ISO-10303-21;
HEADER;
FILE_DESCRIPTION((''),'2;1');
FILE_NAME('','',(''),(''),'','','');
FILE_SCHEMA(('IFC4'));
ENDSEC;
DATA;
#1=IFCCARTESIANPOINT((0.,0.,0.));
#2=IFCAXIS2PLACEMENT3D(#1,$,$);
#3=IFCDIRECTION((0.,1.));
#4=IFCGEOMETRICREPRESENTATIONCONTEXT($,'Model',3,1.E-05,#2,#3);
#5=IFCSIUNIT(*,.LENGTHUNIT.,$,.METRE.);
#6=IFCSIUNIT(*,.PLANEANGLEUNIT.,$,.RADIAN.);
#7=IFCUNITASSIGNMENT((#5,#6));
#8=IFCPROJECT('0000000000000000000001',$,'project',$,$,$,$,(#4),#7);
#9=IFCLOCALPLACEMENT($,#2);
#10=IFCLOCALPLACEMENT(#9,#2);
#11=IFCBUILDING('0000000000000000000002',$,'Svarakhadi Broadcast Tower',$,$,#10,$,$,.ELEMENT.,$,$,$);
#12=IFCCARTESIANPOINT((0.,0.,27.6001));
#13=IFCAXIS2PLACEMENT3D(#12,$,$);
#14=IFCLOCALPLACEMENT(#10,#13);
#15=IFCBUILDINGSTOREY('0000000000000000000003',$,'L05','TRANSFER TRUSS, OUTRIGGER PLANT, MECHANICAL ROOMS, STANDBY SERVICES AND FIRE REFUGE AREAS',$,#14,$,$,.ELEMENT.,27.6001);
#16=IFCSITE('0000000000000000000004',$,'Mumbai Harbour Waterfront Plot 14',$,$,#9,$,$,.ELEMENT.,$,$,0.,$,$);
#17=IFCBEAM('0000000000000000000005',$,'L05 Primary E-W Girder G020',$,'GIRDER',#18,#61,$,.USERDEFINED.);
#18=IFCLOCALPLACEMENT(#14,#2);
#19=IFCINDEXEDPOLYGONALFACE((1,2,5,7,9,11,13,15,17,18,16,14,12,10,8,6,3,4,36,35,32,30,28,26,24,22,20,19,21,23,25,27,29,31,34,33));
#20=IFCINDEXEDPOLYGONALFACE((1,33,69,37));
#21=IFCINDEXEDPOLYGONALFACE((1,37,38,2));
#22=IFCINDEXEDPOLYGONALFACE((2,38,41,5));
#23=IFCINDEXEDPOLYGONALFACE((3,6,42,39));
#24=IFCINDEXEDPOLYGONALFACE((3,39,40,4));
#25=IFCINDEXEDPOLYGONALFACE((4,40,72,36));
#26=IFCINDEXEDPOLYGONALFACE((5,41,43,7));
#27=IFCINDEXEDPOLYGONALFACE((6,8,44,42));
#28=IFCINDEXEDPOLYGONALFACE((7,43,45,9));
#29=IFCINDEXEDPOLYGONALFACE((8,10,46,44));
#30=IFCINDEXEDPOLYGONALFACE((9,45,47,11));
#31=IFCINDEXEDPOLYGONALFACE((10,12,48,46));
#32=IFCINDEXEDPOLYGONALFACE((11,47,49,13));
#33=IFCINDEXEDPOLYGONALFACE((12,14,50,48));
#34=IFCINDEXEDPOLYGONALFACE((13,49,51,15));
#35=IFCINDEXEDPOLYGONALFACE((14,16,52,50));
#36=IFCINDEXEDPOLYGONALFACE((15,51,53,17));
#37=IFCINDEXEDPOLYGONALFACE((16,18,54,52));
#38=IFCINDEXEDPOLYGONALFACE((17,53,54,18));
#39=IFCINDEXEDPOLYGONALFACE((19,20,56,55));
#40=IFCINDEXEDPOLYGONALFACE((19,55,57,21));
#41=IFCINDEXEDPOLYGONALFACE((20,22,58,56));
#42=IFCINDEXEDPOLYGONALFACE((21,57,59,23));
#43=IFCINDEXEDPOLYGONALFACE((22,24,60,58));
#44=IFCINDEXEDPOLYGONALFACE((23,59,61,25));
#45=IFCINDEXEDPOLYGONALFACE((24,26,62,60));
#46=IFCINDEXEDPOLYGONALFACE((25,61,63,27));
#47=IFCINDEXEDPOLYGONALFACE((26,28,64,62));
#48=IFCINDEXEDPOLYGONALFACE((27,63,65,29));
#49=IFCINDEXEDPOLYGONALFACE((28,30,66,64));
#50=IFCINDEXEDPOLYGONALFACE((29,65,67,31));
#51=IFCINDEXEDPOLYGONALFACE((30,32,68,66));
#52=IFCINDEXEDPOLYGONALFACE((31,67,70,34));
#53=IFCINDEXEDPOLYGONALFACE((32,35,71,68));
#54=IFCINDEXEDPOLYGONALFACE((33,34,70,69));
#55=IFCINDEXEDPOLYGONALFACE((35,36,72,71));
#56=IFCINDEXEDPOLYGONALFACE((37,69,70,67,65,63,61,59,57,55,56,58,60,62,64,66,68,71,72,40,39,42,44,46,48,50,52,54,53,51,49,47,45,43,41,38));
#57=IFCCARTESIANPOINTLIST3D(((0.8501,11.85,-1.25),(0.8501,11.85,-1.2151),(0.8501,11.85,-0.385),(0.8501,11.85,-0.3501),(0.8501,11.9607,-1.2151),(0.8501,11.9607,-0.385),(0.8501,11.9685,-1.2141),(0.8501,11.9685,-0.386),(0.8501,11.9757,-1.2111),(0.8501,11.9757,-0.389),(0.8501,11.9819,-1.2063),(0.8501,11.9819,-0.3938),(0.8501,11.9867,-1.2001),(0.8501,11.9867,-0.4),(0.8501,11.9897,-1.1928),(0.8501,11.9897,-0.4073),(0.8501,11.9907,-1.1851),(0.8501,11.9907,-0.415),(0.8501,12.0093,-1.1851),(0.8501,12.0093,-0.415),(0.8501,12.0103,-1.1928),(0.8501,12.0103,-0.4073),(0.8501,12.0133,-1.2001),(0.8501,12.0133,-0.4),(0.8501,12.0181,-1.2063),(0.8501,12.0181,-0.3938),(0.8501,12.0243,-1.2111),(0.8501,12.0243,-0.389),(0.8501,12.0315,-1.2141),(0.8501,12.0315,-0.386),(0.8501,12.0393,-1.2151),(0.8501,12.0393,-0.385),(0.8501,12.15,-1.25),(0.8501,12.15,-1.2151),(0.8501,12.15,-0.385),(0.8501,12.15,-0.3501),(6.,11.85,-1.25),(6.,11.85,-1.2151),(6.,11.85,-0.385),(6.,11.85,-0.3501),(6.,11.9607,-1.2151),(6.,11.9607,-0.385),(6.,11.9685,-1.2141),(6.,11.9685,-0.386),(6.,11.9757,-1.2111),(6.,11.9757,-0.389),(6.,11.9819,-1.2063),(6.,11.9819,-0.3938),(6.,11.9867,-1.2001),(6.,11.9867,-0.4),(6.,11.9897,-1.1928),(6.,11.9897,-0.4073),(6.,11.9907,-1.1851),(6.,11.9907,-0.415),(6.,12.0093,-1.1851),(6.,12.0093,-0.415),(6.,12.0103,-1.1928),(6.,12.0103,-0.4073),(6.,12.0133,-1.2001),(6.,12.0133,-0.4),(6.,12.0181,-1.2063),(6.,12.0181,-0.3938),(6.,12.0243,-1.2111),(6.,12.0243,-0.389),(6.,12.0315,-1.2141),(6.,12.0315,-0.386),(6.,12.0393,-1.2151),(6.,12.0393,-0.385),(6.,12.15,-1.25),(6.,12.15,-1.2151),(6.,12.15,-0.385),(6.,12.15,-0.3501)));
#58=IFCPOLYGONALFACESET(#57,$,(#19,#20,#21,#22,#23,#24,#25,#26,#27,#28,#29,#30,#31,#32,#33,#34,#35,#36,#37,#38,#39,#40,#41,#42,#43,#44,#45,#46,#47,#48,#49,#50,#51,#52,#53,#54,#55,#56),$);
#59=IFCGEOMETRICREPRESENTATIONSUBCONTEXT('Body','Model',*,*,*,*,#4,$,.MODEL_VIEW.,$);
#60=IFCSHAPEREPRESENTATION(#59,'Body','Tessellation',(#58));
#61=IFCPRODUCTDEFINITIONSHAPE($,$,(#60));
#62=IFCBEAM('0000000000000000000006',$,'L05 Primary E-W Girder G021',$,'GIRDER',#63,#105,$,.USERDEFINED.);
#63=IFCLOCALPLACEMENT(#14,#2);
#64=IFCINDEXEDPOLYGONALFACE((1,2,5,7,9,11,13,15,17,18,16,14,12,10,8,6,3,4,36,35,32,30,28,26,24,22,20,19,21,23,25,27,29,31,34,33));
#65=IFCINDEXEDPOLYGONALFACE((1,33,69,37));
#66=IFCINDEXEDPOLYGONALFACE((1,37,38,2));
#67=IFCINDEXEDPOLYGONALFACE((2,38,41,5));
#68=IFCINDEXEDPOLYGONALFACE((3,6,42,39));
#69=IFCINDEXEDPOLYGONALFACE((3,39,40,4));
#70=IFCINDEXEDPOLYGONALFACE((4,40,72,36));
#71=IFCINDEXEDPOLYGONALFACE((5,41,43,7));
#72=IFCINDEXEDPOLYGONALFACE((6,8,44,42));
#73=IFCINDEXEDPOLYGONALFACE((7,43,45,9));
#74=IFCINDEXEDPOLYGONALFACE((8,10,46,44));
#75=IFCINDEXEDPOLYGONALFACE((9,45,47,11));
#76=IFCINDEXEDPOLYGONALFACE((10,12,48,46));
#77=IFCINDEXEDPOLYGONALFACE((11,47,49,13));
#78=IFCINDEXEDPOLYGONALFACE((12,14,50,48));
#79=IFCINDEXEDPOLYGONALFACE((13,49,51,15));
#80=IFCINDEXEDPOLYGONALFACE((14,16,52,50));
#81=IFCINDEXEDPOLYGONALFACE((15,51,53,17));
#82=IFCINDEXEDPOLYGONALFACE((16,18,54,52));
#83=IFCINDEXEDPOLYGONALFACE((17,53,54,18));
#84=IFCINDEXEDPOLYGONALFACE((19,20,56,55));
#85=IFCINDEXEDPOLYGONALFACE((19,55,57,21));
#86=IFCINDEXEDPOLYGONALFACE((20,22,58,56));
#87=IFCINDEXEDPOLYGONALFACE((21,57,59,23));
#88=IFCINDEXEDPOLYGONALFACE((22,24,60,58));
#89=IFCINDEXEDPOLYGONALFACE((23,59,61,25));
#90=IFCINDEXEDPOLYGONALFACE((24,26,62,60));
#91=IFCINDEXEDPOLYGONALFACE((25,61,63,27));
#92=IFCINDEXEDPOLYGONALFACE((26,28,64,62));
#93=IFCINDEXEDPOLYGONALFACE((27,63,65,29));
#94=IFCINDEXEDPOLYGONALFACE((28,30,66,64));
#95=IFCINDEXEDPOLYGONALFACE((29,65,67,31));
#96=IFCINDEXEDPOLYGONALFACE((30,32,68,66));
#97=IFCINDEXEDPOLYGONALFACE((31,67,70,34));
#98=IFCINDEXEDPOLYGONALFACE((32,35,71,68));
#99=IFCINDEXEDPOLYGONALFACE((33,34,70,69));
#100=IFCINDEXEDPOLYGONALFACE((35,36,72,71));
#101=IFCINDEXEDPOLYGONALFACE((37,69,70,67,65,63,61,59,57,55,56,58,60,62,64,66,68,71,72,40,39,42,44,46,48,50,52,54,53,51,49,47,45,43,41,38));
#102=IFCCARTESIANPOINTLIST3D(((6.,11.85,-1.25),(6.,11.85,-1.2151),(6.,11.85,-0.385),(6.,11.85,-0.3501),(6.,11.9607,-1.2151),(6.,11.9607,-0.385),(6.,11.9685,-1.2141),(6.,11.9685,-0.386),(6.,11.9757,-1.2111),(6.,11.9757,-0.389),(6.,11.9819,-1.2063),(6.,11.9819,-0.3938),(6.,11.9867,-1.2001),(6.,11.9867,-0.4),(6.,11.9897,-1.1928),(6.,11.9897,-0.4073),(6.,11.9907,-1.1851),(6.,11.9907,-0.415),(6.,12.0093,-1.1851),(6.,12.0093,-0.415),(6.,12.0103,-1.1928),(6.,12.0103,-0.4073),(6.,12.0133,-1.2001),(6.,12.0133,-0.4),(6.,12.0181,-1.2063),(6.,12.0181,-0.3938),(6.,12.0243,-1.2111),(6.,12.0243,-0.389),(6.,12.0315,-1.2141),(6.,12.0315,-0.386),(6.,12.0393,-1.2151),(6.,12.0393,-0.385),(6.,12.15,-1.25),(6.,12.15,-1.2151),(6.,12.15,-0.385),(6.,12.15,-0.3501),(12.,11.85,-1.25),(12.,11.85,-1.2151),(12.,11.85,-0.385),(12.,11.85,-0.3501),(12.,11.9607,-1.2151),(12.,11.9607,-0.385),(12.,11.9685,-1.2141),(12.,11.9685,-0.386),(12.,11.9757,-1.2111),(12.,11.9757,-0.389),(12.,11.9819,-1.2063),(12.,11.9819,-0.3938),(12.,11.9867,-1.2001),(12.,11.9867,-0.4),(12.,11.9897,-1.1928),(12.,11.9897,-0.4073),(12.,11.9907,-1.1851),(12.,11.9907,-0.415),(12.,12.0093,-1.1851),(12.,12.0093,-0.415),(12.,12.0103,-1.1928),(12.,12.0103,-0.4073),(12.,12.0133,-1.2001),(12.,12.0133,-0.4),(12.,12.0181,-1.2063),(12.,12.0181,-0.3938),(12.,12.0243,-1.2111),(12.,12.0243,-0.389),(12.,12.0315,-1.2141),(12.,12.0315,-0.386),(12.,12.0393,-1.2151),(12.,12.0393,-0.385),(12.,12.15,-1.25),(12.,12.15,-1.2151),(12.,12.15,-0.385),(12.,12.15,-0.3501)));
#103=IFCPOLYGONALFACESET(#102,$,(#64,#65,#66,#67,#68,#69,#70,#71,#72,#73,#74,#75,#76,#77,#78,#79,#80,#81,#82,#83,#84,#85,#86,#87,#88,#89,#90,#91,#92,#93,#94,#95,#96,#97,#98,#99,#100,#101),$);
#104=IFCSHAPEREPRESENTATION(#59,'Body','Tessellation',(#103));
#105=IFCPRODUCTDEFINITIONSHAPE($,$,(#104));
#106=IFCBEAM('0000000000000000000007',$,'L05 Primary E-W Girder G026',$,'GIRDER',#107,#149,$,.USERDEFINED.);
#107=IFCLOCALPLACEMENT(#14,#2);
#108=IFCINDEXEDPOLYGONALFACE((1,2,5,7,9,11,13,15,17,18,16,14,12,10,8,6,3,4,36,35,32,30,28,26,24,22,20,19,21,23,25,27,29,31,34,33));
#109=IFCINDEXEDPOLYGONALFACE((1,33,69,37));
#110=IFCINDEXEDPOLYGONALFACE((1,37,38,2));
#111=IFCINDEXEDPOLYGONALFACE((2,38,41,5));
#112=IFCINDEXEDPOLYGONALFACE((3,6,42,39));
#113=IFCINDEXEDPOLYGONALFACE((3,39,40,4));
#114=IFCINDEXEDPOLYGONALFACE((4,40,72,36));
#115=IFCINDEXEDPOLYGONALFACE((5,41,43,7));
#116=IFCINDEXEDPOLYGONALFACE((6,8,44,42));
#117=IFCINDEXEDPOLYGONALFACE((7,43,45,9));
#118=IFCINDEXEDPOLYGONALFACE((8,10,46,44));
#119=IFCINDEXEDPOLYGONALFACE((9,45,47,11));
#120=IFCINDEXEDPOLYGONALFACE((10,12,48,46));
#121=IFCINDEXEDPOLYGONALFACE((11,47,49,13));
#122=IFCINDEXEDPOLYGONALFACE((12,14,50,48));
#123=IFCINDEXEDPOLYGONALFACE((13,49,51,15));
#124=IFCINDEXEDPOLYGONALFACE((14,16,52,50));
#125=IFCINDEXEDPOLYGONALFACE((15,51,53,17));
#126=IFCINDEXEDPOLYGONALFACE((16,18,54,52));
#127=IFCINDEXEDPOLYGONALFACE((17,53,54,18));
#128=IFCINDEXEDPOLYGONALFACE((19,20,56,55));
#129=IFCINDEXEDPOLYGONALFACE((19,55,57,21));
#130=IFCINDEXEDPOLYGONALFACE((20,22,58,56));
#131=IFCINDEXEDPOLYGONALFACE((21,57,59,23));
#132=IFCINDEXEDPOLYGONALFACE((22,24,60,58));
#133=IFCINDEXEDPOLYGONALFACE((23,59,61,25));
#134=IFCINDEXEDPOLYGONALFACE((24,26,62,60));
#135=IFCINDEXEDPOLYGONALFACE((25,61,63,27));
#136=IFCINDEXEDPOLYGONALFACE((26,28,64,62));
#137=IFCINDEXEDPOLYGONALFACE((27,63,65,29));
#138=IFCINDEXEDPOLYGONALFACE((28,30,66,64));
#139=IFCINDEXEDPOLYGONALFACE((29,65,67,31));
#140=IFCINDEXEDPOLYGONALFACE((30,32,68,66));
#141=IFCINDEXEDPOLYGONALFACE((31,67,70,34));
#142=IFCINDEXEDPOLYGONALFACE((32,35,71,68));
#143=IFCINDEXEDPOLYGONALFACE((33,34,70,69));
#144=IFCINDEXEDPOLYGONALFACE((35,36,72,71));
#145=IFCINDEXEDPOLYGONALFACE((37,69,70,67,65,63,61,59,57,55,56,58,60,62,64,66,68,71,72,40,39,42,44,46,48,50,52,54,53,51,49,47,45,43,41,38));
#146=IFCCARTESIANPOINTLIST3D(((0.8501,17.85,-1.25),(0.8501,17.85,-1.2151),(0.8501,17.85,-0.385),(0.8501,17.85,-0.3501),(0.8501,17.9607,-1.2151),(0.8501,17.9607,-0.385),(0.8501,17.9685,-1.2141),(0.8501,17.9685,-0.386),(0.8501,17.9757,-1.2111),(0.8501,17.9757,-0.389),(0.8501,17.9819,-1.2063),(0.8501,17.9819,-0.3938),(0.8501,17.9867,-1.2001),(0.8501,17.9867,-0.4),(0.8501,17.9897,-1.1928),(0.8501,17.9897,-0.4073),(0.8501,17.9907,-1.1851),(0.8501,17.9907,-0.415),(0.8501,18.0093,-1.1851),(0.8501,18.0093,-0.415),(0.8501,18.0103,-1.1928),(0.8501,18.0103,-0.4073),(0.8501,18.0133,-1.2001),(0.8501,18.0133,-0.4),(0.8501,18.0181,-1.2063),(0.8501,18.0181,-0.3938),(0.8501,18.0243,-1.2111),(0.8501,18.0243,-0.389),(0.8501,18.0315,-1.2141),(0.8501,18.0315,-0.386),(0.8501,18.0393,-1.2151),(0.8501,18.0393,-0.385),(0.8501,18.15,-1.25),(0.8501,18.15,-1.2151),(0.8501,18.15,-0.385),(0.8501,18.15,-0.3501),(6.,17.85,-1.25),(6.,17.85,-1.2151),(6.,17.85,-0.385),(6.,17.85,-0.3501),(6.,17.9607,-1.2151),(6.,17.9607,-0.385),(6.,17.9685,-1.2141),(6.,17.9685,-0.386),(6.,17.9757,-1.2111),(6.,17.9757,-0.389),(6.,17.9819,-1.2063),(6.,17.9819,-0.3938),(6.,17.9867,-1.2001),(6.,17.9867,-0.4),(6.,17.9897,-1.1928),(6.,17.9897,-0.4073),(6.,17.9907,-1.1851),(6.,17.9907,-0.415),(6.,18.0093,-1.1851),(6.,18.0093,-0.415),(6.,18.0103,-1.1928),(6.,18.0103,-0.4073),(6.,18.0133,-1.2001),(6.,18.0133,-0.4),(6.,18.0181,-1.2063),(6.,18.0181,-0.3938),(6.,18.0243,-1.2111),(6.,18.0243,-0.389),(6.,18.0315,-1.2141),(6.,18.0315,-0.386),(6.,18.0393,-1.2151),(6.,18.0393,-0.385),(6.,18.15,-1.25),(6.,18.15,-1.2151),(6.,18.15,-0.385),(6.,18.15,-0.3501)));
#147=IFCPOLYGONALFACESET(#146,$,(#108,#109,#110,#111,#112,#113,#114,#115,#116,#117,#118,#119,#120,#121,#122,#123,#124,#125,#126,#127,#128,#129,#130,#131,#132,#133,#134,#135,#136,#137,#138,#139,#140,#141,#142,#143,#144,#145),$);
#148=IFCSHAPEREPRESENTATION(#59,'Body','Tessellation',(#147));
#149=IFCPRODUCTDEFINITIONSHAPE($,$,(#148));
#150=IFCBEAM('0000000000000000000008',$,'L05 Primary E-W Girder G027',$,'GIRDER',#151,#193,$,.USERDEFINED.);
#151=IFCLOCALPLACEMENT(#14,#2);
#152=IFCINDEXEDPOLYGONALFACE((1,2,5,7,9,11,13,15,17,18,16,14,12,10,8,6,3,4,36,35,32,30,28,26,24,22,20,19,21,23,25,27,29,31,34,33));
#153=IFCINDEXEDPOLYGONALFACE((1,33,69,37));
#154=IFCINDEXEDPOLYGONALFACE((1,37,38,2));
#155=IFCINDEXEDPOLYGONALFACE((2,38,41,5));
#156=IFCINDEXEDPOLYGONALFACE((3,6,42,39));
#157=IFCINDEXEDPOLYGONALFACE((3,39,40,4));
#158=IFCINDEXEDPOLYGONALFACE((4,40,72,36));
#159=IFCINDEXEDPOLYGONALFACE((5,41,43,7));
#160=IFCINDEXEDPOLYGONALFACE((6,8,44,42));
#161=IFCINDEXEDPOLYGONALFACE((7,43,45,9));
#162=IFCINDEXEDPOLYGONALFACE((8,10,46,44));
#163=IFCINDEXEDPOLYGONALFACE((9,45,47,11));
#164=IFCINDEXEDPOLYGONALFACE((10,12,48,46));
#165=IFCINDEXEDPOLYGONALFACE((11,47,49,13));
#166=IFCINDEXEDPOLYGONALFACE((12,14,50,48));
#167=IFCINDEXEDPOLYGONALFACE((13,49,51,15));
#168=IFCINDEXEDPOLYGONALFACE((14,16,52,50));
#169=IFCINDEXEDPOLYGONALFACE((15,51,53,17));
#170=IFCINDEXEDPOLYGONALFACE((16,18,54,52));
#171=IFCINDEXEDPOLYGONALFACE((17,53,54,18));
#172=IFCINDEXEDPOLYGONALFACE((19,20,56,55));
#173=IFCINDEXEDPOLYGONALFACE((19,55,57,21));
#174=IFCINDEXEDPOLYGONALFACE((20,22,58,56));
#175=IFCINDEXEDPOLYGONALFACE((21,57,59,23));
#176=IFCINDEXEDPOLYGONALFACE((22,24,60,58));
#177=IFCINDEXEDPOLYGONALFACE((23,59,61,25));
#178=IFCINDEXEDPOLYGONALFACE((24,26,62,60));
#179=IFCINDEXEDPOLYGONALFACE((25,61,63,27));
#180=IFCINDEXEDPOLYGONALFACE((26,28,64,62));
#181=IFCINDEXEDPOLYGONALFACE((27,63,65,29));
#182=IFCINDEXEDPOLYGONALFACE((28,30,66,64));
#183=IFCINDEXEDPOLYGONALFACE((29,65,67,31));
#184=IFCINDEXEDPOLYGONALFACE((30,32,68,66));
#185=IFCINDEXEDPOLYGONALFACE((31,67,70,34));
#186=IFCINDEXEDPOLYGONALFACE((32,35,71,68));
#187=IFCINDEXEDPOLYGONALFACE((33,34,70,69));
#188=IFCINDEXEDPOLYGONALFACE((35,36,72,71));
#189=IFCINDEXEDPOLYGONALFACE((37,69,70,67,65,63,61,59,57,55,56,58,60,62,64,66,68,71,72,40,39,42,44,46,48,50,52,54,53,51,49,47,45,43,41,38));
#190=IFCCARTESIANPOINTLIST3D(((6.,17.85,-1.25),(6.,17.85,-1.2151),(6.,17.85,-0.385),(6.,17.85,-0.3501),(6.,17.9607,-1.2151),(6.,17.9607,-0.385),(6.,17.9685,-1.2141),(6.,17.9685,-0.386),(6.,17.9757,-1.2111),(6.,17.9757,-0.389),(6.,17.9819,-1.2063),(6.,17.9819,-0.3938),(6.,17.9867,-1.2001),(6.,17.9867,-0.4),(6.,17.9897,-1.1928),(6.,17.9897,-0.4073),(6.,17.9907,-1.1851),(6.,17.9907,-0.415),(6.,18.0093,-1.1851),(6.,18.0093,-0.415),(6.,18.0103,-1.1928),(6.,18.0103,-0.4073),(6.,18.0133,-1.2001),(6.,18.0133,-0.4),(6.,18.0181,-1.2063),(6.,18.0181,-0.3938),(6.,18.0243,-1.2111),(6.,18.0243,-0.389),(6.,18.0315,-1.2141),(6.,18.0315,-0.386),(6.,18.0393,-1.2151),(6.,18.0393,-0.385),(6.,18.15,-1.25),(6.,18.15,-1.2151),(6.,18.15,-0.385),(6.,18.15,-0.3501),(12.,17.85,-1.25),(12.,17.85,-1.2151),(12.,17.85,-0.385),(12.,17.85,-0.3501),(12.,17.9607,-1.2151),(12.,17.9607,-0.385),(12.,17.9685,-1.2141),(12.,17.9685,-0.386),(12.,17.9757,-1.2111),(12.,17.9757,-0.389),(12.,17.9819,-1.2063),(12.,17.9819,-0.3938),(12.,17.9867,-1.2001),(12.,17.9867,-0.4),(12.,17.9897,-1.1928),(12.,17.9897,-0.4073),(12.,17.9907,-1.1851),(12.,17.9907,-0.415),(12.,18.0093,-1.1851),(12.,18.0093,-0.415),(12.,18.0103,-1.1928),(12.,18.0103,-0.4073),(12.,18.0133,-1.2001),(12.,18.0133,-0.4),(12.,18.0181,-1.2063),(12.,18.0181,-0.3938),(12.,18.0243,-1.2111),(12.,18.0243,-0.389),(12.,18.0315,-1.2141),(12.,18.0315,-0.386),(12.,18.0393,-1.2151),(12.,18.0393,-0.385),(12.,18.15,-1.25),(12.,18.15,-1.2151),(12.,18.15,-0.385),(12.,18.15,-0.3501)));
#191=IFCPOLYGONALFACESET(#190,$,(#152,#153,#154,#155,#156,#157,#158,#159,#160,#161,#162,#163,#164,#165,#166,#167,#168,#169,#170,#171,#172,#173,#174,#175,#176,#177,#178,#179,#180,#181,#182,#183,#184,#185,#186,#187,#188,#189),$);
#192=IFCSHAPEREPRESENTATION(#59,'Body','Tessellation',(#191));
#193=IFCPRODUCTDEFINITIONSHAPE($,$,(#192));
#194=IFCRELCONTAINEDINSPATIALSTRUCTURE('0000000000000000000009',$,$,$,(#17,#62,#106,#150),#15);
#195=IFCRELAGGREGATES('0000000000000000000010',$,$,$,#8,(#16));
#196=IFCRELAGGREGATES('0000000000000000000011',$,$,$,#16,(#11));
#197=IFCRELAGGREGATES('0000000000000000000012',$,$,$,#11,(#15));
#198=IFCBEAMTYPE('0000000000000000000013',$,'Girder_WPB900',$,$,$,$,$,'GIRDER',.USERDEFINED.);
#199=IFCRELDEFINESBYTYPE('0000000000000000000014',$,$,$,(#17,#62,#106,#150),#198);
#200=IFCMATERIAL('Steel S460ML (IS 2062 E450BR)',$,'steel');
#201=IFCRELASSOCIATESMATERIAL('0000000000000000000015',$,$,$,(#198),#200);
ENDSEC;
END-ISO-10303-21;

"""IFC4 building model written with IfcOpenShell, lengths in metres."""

from ifc_helpers import new_model, si_unit, direction, frame, origin, origin_2d, place, context, subcontext, project, spatial, i_section, extrude, material, material_profile, profile_set, type_object, element, save


model = new_model("IFC4")

# Units and contexts
model_context = context("Model", 3, precision=1e-05, world=origin(), true_north=direction((0.0, 1.0)))
body_context = subcontext(model_context, "Body", "Model", "MODEL_VIEW")
ifc_project = project(units=[si_unit("LENGTHUNIT", "METRE"), si_unit("PLANEANGLEUNIT", "RADIAN")], contexts=[model_context])

# Site, building, storey
site_placement = place(None, origin())
site = spatial("IfcSite", under=ifc_project, at=site_placement, Name="Mumbai Harbour Waterfront Plot 14", CompositionType="ELEMENT", RefElevation=0.0)
building_placement = place(site_placement, origin())
building = spatial("IfcBuilding", under=site, at=building_placement, Name="Svarakhadi Broadcast Tower", CompositionType="ELEMENT")
storey_placement = place(building_placement, frame((0.0, 0.0, 27.6001)))
storey = spatial("IfcBuildingStorey", under=building, at=storey_placement, Name="L05", Description="TRANSFER TRUSS, OUTRIGGER PLANT, MECHANICAL ROOMS, STANDBY SERVICES AND FIRE REFUGE AREAS", CompositionType="ELEMENT", Elevation=27.6001)

# Shared definitions
ifc_material_1 = material(Name="Steel S460ML (IS 2062 E450BR)", Category="steel")

# Beams
ifc_material_profile_1 = material_profile(ifc_material_1, i_section(OverallWidth=0.3, OverallDepth=0.8999, WebThickness=0.0186, FlangeThickness=0.0349, FilletRadius=0.03, at=origin_2d()), Name="WPB 900x300x291")
ifc_profile_set_1 = profile_set([ifc_material_profile_1], Name="Steel S460ML (IS 2062 E450BR)")
beam_type_1 = type_object("IfcBeamType", Name="Girder_WPB900", ElementType="GIRDER", PredefinedType="USERDEFINED", material=ifc_profile_set_1)
beam_1_placement = place(storey_placement, frame((0.8501, 12.0, -0.8), z_axis=(1.0, 0.0, 0.0), x_axis=(0.0, 1.0, 0.0)))
element("IfcBeam", 1, at=beam_1_placement, inside=storey, type_object=beam_type_1, Name="L05 Primary E-W Girder G020", ObjectType="GIRDER", PredefinedType="USERDEFINED", context=body_context, shape_type="SweptSolid", body=[
    extrude(i_section(OverallWidth=0.3, OverallDepth=0.8999, WebThickness=0.0186, FlangeThickness=0.0349, FilletRadius=0.03, at=origin_2d()), origin(), (0.0, 0.0, 1.0), 5.1499),
])
beam_2_placement = place(storey_placement, frame((6.0, 12.0, -0.8), z_axis=(1.0, 0.0, 0.0), x_axis=(0.0, 1.0, 0.0)))
element("IfcBeam", 2, at=beam_2_placement, inside=storey, type_object=beam_type_1, Name="L05 Primary E-W Girder G021", ObjectType="GIRDER", PredefinedType="USERDEFINED", context=body_context, shape_type="SweptSolid", body=[
    extrude(i_section(OverallWidth=0.3, OverallDepth=0.8999, WebThickness=0.0186, FlangeThickness=0.0349, FilletRadius=0.03, at=origin_2d()), origin(), (0.0, 0.0, 1.0), 6.0),
])
beam_3_placement = place(storey_placement, frame((0.8501, 18.0, -0.8), z_axis=(1.0, 0.0, 0.0), x_axis=(0.0, 1.0, 0.0)))
element("IfcBeam", 3, at=beam_3_placement, inside=storey, type_object=beam_type_1, Name="L05 Primary E-W Girder G026", ObjectType="GIRDER", PredefinedType="USERDEFINED", context=body_context, shape_type="SweptSolid", body=[
    extrude(i_section(OverallWidth=0.3, OverallDepth=0.8999, WebThickness=0.0186, FlangeThickness=0.0349, FilletRadius=0.03, at=origin_2d()), origin(), (0.0, 0.0, 1.0), 5.1499),
])
for number, where, z_axis, x_axis, name in (
    (4, (6.0, 18.0, -0.8), (1.0, 0.0, 0.0), (0.0, 1.0, 0.0), "L05 Primary E-W Girder G027"),
):
    element("IfcBeam", number, at=place(storey_placement, frame(where, z_axis=z_axis, x_axis=x_axis)), inside=storey, type_object=beam_type_1, Name=name, ObjectType="GIRDER", PredefinedType="USERDEFINED", context=body_context, shape_type="SweptSolid", body=[
        extrude(i_section(OverallWidth=0.3, OverallDepth=0.8999, WebThickness=0.0186, FlangeThickness=0.0349, FilletRadius=0.03, at=origin_2d()), origin(), (0.0, 0.0, 1.0), 6.0),
    ])

save(model, "model.ifc")
